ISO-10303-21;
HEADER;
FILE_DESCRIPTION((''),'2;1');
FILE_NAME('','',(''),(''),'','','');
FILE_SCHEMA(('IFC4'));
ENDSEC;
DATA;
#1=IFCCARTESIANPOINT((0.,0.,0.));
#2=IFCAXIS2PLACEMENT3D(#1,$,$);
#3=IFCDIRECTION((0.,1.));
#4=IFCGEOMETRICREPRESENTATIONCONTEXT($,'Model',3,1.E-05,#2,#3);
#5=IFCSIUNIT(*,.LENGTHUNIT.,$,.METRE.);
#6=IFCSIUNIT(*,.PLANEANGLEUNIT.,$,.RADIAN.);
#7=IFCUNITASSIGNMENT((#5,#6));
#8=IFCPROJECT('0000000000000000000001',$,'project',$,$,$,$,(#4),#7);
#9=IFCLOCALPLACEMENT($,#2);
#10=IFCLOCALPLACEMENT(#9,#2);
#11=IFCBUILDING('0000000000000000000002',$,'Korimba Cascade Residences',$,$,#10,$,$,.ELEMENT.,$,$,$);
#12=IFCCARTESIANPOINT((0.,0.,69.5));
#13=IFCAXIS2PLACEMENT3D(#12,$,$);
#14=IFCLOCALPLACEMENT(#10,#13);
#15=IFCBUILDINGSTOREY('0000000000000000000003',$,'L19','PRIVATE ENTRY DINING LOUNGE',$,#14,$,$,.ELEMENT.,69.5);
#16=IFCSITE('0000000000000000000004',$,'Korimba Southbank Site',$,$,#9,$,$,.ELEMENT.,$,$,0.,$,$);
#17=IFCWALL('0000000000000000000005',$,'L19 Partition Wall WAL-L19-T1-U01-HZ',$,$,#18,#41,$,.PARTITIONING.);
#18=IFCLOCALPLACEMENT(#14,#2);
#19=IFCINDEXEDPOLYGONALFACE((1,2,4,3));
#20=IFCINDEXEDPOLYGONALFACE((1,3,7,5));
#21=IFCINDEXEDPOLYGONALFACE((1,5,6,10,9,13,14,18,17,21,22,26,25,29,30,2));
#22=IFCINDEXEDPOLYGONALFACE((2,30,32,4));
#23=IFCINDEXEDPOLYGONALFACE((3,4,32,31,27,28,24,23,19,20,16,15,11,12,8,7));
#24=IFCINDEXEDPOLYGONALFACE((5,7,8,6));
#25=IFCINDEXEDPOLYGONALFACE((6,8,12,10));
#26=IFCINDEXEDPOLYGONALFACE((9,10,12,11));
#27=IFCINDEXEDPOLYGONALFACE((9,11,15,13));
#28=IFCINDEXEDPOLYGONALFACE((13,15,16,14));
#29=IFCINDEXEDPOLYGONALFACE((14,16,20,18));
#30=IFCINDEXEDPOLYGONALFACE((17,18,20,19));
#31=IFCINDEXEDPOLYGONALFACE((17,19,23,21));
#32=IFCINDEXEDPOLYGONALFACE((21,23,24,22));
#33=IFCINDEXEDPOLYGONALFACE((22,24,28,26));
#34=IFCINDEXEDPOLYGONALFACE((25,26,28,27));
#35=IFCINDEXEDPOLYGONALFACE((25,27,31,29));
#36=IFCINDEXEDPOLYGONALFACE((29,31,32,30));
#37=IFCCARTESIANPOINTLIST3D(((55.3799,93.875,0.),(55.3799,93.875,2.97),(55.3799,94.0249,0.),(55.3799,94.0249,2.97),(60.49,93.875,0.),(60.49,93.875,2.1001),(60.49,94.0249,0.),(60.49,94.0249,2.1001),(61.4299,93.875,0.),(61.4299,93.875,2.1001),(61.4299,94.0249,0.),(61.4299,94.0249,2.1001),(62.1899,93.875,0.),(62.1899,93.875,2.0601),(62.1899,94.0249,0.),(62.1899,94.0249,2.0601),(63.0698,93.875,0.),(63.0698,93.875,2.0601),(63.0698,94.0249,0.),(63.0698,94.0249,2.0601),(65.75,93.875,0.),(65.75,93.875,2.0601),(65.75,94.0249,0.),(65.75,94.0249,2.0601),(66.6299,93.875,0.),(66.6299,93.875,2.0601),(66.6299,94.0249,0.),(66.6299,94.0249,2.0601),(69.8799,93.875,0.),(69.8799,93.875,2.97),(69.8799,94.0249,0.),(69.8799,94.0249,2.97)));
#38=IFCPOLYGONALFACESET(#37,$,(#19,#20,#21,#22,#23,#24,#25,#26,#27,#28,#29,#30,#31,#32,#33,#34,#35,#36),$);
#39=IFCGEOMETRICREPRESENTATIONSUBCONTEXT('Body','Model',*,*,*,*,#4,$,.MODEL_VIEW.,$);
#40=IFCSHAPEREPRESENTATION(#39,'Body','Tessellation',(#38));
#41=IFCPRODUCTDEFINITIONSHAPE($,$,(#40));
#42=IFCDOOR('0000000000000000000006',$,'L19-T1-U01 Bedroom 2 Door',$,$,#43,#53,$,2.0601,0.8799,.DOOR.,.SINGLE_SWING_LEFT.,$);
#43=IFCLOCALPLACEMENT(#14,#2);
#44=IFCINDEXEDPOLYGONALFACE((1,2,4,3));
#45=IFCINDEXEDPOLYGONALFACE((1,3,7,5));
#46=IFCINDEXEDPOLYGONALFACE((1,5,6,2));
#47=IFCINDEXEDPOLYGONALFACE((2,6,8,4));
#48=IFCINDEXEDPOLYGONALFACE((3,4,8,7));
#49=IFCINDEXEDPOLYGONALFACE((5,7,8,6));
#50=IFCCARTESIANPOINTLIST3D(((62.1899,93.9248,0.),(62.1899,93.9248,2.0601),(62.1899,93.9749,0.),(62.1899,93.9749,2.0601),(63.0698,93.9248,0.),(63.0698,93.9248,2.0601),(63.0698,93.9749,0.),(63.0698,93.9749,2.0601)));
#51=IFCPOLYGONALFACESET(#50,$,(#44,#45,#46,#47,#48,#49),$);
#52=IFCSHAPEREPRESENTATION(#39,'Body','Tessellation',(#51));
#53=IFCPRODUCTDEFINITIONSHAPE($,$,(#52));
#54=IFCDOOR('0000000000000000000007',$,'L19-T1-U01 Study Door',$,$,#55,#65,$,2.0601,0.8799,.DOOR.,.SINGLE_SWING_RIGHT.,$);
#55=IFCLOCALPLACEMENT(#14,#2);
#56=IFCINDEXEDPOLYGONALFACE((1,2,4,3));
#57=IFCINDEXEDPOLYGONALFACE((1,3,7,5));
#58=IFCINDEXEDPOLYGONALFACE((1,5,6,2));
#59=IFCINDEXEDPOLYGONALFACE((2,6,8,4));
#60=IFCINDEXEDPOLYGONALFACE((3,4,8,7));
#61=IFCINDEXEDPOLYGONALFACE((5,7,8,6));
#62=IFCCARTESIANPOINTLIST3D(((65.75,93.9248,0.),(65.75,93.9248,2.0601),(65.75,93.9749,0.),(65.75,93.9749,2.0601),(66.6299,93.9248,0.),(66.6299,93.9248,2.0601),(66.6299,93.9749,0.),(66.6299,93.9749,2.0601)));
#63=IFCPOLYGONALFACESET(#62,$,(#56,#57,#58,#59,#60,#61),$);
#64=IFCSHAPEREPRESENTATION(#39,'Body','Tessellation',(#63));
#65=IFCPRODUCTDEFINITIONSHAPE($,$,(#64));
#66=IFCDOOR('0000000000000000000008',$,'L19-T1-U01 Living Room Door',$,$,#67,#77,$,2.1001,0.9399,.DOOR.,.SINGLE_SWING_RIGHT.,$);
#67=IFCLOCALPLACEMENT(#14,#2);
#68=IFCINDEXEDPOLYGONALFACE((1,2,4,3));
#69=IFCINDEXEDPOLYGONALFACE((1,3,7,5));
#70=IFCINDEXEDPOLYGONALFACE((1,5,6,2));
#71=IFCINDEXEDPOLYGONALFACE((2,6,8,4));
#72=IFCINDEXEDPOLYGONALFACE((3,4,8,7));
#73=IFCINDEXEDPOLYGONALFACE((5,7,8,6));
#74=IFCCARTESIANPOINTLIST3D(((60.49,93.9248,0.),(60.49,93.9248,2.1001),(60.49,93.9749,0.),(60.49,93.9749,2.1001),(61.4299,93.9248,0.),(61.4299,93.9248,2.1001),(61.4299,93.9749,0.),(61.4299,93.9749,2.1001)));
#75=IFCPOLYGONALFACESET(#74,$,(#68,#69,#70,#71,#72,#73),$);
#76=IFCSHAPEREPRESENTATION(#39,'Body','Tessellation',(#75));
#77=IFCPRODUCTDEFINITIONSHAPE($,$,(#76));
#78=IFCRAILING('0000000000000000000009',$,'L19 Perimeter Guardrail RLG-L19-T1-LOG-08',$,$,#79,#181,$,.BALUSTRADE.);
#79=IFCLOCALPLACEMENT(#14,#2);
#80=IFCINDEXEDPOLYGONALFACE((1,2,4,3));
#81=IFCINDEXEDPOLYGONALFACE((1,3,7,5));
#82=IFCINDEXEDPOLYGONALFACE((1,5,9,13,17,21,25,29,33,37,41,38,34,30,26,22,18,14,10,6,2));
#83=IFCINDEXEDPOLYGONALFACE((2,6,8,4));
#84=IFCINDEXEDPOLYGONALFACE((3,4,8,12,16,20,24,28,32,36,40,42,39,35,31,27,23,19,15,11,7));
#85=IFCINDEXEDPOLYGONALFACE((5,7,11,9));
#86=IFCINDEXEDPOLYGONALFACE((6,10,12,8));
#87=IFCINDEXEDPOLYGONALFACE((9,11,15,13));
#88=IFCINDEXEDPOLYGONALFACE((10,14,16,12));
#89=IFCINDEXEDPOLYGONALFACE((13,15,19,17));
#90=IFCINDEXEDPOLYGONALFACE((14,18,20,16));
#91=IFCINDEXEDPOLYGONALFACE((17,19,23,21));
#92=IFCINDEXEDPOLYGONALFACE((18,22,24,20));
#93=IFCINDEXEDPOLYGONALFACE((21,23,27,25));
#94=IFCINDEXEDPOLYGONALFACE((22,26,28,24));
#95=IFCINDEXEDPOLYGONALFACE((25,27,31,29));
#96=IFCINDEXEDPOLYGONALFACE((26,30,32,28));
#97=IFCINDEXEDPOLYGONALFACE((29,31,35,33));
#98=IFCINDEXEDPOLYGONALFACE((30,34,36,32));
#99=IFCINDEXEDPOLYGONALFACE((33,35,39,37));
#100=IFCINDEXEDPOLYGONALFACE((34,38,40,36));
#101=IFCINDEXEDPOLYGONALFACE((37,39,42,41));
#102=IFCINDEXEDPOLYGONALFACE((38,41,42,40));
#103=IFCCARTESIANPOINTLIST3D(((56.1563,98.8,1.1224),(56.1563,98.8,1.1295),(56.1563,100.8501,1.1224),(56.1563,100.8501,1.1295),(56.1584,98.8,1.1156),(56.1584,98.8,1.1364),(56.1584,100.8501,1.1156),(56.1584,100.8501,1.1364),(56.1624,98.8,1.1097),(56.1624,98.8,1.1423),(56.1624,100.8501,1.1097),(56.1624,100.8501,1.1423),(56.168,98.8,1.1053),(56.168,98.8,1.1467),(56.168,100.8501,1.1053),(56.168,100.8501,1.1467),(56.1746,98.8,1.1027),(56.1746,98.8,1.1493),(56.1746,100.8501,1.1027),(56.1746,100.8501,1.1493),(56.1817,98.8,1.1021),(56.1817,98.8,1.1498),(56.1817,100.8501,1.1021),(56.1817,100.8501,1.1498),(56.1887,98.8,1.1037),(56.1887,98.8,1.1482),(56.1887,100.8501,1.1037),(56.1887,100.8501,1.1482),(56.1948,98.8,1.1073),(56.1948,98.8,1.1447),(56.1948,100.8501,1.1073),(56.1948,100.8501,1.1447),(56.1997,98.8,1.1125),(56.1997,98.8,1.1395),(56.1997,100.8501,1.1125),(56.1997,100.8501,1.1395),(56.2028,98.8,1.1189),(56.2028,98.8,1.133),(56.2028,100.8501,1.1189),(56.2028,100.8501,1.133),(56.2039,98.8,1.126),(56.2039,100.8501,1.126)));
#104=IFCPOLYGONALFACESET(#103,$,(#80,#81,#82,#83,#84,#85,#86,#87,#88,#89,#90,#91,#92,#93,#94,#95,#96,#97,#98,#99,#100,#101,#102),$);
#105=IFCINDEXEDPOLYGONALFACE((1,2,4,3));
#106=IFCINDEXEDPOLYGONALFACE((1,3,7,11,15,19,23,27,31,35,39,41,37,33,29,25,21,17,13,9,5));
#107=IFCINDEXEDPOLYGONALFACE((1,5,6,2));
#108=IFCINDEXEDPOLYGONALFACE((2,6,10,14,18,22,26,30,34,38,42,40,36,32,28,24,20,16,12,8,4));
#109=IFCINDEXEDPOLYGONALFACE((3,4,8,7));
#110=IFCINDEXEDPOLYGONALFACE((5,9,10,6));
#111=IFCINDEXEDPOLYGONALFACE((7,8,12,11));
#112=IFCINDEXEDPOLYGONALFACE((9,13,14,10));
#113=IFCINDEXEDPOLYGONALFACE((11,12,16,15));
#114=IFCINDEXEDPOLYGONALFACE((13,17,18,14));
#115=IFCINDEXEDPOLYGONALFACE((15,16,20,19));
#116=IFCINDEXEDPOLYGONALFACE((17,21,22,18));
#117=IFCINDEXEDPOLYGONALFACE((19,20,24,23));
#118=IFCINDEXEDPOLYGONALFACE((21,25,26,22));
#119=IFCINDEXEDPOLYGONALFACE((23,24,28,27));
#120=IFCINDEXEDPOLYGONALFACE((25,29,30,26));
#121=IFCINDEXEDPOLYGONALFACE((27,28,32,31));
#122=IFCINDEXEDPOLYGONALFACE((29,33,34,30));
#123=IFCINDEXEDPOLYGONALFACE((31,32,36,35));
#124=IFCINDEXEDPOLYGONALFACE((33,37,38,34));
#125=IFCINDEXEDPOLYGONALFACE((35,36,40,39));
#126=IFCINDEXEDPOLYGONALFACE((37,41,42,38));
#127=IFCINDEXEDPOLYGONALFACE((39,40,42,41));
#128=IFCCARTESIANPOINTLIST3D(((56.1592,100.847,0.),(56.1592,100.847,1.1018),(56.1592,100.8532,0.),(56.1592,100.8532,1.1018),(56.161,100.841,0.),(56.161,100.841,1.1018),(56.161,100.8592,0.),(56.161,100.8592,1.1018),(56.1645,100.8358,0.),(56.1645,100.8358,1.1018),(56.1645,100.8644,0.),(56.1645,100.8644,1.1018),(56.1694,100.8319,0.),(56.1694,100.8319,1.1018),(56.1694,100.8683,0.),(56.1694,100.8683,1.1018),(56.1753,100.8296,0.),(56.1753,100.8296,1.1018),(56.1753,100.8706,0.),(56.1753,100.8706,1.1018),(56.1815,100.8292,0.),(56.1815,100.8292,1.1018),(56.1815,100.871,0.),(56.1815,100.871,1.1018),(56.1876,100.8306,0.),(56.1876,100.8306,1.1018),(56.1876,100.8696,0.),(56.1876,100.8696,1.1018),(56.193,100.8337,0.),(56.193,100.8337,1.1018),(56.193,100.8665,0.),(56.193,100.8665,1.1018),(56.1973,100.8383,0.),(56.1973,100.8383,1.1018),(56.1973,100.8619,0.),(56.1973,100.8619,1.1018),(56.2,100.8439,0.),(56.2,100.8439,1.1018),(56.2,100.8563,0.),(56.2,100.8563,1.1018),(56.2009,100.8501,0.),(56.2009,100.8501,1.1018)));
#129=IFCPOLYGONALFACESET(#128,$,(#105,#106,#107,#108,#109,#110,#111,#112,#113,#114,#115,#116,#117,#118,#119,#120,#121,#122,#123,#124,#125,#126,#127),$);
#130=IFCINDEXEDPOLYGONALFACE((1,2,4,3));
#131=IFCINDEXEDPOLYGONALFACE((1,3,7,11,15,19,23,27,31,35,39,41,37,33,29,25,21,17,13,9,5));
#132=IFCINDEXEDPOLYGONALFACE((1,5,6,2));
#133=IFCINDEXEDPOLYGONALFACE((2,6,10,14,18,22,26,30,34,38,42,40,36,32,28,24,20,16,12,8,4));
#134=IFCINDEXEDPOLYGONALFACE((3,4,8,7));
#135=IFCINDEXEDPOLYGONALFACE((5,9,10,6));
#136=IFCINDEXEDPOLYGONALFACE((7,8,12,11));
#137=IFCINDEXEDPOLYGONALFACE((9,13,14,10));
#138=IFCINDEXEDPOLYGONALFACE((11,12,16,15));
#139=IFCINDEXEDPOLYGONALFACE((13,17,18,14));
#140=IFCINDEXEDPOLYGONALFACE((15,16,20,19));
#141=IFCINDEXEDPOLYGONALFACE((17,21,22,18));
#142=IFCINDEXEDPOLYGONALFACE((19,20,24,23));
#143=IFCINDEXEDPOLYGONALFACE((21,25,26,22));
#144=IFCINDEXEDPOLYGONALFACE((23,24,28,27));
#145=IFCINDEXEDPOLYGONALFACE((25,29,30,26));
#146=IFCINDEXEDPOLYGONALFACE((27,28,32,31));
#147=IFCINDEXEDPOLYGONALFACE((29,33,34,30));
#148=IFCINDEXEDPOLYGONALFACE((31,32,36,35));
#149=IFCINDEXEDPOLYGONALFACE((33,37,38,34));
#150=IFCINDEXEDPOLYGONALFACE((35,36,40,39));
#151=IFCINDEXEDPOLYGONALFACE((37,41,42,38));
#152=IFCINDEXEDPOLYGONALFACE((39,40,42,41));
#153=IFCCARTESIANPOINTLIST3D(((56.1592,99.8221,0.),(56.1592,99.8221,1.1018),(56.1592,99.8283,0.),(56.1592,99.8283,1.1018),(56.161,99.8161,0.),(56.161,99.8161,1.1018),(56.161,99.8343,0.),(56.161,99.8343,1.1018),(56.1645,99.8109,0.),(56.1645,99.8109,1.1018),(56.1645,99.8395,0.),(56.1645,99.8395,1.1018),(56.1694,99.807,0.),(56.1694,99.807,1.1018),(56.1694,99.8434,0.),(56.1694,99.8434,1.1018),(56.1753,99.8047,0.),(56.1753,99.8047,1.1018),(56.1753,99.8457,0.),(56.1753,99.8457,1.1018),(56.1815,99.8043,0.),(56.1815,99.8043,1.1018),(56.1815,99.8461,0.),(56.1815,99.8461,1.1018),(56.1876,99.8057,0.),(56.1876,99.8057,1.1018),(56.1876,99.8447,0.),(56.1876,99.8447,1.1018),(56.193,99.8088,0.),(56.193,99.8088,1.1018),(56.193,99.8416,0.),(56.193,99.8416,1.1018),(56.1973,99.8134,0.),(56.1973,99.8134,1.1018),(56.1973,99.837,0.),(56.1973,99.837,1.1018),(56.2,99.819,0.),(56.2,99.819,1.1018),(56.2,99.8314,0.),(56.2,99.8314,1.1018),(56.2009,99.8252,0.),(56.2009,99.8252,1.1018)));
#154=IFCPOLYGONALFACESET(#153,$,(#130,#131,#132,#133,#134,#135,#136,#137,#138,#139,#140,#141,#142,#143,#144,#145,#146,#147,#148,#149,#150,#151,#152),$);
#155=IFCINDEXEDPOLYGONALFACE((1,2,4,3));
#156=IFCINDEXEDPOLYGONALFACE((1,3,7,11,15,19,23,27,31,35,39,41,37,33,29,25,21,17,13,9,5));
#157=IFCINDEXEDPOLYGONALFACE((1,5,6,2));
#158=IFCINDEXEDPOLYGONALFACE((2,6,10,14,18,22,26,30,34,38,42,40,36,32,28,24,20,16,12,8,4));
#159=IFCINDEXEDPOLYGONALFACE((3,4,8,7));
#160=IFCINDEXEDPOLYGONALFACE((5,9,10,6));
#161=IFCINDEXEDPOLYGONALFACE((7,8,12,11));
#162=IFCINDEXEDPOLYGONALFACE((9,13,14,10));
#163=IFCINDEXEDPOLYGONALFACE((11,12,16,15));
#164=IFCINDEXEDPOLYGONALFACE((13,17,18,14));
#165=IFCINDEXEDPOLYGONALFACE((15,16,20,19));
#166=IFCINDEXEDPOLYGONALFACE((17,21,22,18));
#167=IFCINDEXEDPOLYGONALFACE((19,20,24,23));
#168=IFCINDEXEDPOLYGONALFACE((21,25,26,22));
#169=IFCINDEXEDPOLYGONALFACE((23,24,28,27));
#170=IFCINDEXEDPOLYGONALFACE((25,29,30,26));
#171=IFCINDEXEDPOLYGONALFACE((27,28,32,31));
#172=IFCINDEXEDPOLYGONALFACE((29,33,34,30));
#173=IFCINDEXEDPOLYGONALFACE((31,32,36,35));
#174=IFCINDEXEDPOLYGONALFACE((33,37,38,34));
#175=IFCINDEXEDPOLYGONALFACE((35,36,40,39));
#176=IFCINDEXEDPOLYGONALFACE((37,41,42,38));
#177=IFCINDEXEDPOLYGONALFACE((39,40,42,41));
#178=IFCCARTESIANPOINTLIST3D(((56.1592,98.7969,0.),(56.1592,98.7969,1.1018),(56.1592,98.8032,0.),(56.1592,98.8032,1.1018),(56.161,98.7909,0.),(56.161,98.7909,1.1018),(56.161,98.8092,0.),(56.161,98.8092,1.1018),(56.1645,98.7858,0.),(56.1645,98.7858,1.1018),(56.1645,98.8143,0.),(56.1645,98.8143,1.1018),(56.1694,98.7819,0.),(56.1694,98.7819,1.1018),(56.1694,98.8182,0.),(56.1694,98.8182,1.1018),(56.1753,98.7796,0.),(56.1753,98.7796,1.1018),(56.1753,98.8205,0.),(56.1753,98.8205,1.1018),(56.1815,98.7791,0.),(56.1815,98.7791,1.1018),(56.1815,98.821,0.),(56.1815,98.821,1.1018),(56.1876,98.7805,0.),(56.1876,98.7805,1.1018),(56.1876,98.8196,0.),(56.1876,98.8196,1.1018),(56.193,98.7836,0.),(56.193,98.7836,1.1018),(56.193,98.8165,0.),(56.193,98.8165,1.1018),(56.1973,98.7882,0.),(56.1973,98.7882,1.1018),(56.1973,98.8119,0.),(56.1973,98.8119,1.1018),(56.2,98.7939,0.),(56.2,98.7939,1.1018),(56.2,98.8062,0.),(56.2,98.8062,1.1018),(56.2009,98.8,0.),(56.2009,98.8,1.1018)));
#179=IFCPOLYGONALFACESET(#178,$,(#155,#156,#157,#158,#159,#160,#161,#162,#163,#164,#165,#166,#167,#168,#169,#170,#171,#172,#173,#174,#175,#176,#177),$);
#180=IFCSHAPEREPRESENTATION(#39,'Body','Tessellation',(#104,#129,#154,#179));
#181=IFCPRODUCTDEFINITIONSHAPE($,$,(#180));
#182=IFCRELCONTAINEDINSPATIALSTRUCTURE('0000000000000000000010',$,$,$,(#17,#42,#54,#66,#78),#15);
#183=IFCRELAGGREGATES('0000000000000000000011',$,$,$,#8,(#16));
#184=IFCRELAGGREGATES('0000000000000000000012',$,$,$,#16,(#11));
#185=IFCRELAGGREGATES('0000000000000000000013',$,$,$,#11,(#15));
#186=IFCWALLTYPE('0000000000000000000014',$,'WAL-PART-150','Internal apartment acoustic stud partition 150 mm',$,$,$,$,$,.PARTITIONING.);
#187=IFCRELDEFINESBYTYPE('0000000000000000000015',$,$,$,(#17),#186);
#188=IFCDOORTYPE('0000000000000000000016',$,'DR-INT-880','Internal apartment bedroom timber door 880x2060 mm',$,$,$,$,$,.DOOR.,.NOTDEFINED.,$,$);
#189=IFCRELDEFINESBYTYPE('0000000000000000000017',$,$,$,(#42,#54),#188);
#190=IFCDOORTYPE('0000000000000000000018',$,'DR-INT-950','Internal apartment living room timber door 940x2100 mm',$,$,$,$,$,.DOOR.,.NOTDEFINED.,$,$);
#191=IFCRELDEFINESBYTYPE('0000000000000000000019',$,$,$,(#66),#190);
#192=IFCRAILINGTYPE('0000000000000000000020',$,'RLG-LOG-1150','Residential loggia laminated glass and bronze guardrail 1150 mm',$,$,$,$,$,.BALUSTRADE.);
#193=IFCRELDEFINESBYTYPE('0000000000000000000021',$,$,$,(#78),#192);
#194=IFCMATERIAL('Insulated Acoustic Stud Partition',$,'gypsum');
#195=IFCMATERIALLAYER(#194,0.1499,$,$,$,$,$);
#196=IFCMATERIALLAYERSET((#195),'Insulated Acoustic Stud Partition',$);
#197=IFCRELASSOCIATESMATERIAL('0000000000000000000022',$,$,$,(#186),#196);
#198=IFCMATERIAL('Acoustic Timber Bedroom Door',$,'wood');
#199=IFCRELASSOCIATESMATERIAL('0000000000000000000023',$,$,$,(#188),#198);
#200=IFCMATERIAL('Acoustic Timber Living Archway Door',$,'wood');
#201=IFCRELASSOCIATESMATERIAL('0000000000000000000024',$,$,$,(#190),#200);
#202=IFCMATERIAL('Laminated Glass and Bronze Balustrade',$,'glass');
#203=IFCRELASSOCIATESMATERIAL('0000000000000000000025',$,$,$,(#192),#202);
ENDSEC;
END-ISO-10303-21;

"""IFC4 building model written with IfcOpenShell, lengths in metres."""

from ifc_helpers import new_model, si_unit, direction, frame, frame_2d, origin, origin_2d, place, context, subcontext, project, spatial, rectangle, circle, extrude, material, layer, layer_set, type_object, element, fill, save


model = new_model("IFC4")

# Units and contexts
model_context = context("Model", 3, precision=1e-05, world=origin(), true_north=direction((0.0, 1.0)))
body_context = subcontext(model_context, "Body", "Model", "MODEL_VIEW")
ifc_project = project(units=[si_unit("LENGTHUNIT", "METRE"), si_unit("PLANEANGLEUNIT", "RADIAN")], contexts=[model_context])

# Site, building, storey
site_placement = place(None, origin())
site = spatial("IfcSite", under=ifc_project, at=site_placement, Name="Korimba Southbank Site", CompositionType="ELEMENT", RefElevation=0.0)
building_placement = place(site_placement, origin())
building = spatial("IfcBuilding", under=site, at=building_placement, Name="Korimba Cascade Residences", CompositionType="ELEMENT")
storey_placement = place(building_placement, frame((0.0, 0.0, 69.5)))
storey = spatial("IfcBuildingStorey", under=building, at=storey_placement, Name="L19", Description="PRIVATE ENTRY DINING LOUNGE", CompositionType="ELEMENT", Elevation=69.5)

# Shared definitions
ifc_material_1 = material(Name="Insulated Acoustic Stud Partition", Category="gypsum")
ifc_layer_1 = layer(ifc_material_1, 0.1499)
ifc_layer_set_1 = layer_set([ifc_layer_1], Name="Insulated Acoustic Stud Partition")
wall_type_1 = type_object("IfcWallType", Name="WAL-PART-150", Description="Internal apartment acoustic stud partition 150 mm", PredefinedType="PARTITIONING", material=ifc_layer_set_1)

# Wall, openings, doors
wall_1_placement = place(storey_placement, frame((55.3799, 93.95, 0.0), z_axis=(0.0, 0.0, 1.0), x_axis=(1.0, 0.0, 0.0)))
wall_1 = element("IfcWall", 1, at=wall_1_placement, inside=storey, type_object=wall_type_1, Name="L19 Partition Wall WAL-L19-T1-U01-HZ", PredefinedType="PARTITIONING", context=body_context, shape_type="SweptSolid", body=[
    extrude(rectangle(XDim=14.5, YDim=0.1499, at=frame_2d((7.25, 0.0))), origin(), (0.0, 0.0, 1.0), 2.97),
])
opening_1_placement = place(wall_1_placement, frame((5.1101, 0.0, 0.0)))
opening_1 = element("IfcOpeningElement", 2, at=opening_1_placement, cuts=wall_1, PredefinedType="OPENING", context=body_context, shape_type="SweptSolid", body=[
    extrude(rectangle(XDim=0.9399, YDim=2.1001, at=frame_2d((0.47, 1.05))), frame((0.0, 0.085, 0.0), z_axis=(0.0, -1.0, 0.0), x_axis=(1.0, 0.0, 0.0)), (0.0, 0.0, 1.0), 0.1699),
])
opening_2_placement = place(wall_1_placement, frame((6.8101, 0.0, 0.0)))
opening_2 = element("IfcOpeningElement", 3, at=opening_2_placement, cuts=wall_1, PredefinedType="OPENING", context=body_context, shape_type="SweptSolid", body=[
    extrude(rectangle(XDim=0.8799, YDim=2.0601, at=frame_2d((0.4399, 1.03))), frame((0.0, 0.085, 0.0), z_axis=(0.0, -1.0, 0.0), x_axis=(1.0, 0.0, 0.0)), (0.0, 0.0, 1.0), 0.1699),
])
opening_3_placement = place(wall_1_placement, frame((10.3701, 0.0, 0.0)))
opening_3 = element("IfcOpeningElement", 4, at=opening_3_placement, cuts=wall_1, PredefinedType="OPENING", context=body_context, shape_type="SweptSolid", body=[
    extrude(rectangle(XDim=0.8799, YDim=2.0601, at=frame_2d((0.4399, 1.03))), frame((0.0, 0.085, 0.0), z_axis=(0.0, -1.0, 0.0), x_axis=(1.0, 0.0, 0.0)), (0.0, 0.0, 1.0), 0.1699),
])
ifc_material_2 = material(Name="Acoustic Timber Bedroom Door", Category="wood")
door_type_1 = type_object("IfcDoorType", Name="DR-INT-880", Description="Internal apartment bedroom timber door 880x2060 mm", OperationType="NOTDEFINED", PredefinedType="DOOR", material=ifc_material_2)
door_1_placement = place(opening_2_placement, origin())
door_1 = element("IfcDoor", 5, at=door_1_placement, inside=storey, type_object=door_type_1, Name="L19-T1-U01 Bedroom 2 Door", OperationType="SINGLE_SWING_LEFT", OverallHeight=2.0601, OverallWidth=0.8799, PredefinedType="DOOR", context=body_context, shape_type="SweptSolid", body=[
    extrude(rectangle(XDim=0.8799, YDim=2.0601, at=frame_2d((0.4399, 1.03))), frame((0.0, 0.0249, 0.0), z_axis=(0.0, -1.0, 0.0), x_axis=(1.0, 0.0, 0.0)), (0.0, 0.0, 1.0), 0.05),
])
fill(opening_2, door_1)
door_2_placement = place(opening_3_placement, origin())
door_2 = element("IfcDoor", 6, at=door_2_placement, inside=storey, type_object=door_type_1, Name="L19-T1-U01 Study Door", OperationType="SINGLE_SWING_RIGHT", OverallHeight=2.0601, OverallWidth=0.8799, PredefinedType="DOOR", context=body_context, shape_type="SweptSolid", body=[
    extrude(rectangle(XDim=0.8799, YDim=2.0601, at=frame_2d((0.4399, 1.03))), frame((0.0, 0.0249, 0.0), z_axis=(0.0, -1.0, 0.0), x_axis=(1.0, 0.0, 0.0)), (0.0, 0.0, 1.0), 0.05),
])
fill(opening_3, door_2)
ifc_material_3 = material(Name="Acoustic Timber Living Archway Door", Category="wood")
door_type_2 = type_object("IfcDoorType", Name="DR-INT-950", Description="Internal apartment living room timber door 940x2100 mm", OperationType="NOTDEFINED", PredefinedType="DOOR", material=ifc_material_3)
door_3_placement = place(opening_1_placement, origin())
door_3 = element("IfcDoor", 7, at=door_3_placement, inside=storey, type_object=door_type_2, Name="L19-T1-U01 Living Room Door", OperationType="SINGLE_SWING_RIGHT", OverallHeight=2.1001, OverallWidth=0.9399, PredefinedType="DOOR", context=body_context, shape_type="SweptSolid", body=[
    extrude(rectangle(XDim=0.9399, YDim=2.1001, at=frame_2d((0.47, 1.05))), frame((0.0, 0.0249, 0.0), z_axis=(0.0, -1.0, 0.0), x_axis=(1.0, 0.0, 0.0)), (0.0, 0.0, 1.0), 0.05),
])
fill(opening_1, door_3)

# Railing
ifc_material_4 = material(Name="Laminated Glass and Bronze Balustrade", Category="glass")
railing_type = type_object("IfcRailingType", Name="RLG-LOG-1150", Description="Residential loggia laminated glass and bronze guardrail 1150 mm", PredefinedType="BALUSTRADE", material=ifc_material_4)
railing_1_placement = place(storey_placement, frame((56.1799, 100.8501, 0.0)))
element("IfcRailing", 8, at=railing_1_placement, inside=storey, type_object=railing_type, Name="L19 Perimeter Guardrail RLG-L19-T1-LOG-08", PredefinedType="BALUSTRADE", context=body_context, shape_type="SweptSolid", body=[
    extrude(circle(Radius=0.0239, at=origin_2d()), frame((0.0, 0.0, 1.126), z_axis=(0.0, -1.0, 0.0), x_axis=(1.0, 0.0, 0.0)), (0.0, 0.0, 1.0), 2.05),
    extrude(circle(Radius=0.021, at=origin_2d()), origin(), (0.0, 0.0, 1.0), 1.1018),
    extrude(circle(Radius=0.021, at=origin_2d()), frame((0.0, -1.0249, 0.0)), (0.0, 0.0, 1.0), 1.1018),
    extrude(circle(Radius=0.021, at=origin_2d()), frame((0.0, -2.05, 0.0)), (0.0, 0.0, 1.0), 1.1018),
])

save(model, "model.ifc")
